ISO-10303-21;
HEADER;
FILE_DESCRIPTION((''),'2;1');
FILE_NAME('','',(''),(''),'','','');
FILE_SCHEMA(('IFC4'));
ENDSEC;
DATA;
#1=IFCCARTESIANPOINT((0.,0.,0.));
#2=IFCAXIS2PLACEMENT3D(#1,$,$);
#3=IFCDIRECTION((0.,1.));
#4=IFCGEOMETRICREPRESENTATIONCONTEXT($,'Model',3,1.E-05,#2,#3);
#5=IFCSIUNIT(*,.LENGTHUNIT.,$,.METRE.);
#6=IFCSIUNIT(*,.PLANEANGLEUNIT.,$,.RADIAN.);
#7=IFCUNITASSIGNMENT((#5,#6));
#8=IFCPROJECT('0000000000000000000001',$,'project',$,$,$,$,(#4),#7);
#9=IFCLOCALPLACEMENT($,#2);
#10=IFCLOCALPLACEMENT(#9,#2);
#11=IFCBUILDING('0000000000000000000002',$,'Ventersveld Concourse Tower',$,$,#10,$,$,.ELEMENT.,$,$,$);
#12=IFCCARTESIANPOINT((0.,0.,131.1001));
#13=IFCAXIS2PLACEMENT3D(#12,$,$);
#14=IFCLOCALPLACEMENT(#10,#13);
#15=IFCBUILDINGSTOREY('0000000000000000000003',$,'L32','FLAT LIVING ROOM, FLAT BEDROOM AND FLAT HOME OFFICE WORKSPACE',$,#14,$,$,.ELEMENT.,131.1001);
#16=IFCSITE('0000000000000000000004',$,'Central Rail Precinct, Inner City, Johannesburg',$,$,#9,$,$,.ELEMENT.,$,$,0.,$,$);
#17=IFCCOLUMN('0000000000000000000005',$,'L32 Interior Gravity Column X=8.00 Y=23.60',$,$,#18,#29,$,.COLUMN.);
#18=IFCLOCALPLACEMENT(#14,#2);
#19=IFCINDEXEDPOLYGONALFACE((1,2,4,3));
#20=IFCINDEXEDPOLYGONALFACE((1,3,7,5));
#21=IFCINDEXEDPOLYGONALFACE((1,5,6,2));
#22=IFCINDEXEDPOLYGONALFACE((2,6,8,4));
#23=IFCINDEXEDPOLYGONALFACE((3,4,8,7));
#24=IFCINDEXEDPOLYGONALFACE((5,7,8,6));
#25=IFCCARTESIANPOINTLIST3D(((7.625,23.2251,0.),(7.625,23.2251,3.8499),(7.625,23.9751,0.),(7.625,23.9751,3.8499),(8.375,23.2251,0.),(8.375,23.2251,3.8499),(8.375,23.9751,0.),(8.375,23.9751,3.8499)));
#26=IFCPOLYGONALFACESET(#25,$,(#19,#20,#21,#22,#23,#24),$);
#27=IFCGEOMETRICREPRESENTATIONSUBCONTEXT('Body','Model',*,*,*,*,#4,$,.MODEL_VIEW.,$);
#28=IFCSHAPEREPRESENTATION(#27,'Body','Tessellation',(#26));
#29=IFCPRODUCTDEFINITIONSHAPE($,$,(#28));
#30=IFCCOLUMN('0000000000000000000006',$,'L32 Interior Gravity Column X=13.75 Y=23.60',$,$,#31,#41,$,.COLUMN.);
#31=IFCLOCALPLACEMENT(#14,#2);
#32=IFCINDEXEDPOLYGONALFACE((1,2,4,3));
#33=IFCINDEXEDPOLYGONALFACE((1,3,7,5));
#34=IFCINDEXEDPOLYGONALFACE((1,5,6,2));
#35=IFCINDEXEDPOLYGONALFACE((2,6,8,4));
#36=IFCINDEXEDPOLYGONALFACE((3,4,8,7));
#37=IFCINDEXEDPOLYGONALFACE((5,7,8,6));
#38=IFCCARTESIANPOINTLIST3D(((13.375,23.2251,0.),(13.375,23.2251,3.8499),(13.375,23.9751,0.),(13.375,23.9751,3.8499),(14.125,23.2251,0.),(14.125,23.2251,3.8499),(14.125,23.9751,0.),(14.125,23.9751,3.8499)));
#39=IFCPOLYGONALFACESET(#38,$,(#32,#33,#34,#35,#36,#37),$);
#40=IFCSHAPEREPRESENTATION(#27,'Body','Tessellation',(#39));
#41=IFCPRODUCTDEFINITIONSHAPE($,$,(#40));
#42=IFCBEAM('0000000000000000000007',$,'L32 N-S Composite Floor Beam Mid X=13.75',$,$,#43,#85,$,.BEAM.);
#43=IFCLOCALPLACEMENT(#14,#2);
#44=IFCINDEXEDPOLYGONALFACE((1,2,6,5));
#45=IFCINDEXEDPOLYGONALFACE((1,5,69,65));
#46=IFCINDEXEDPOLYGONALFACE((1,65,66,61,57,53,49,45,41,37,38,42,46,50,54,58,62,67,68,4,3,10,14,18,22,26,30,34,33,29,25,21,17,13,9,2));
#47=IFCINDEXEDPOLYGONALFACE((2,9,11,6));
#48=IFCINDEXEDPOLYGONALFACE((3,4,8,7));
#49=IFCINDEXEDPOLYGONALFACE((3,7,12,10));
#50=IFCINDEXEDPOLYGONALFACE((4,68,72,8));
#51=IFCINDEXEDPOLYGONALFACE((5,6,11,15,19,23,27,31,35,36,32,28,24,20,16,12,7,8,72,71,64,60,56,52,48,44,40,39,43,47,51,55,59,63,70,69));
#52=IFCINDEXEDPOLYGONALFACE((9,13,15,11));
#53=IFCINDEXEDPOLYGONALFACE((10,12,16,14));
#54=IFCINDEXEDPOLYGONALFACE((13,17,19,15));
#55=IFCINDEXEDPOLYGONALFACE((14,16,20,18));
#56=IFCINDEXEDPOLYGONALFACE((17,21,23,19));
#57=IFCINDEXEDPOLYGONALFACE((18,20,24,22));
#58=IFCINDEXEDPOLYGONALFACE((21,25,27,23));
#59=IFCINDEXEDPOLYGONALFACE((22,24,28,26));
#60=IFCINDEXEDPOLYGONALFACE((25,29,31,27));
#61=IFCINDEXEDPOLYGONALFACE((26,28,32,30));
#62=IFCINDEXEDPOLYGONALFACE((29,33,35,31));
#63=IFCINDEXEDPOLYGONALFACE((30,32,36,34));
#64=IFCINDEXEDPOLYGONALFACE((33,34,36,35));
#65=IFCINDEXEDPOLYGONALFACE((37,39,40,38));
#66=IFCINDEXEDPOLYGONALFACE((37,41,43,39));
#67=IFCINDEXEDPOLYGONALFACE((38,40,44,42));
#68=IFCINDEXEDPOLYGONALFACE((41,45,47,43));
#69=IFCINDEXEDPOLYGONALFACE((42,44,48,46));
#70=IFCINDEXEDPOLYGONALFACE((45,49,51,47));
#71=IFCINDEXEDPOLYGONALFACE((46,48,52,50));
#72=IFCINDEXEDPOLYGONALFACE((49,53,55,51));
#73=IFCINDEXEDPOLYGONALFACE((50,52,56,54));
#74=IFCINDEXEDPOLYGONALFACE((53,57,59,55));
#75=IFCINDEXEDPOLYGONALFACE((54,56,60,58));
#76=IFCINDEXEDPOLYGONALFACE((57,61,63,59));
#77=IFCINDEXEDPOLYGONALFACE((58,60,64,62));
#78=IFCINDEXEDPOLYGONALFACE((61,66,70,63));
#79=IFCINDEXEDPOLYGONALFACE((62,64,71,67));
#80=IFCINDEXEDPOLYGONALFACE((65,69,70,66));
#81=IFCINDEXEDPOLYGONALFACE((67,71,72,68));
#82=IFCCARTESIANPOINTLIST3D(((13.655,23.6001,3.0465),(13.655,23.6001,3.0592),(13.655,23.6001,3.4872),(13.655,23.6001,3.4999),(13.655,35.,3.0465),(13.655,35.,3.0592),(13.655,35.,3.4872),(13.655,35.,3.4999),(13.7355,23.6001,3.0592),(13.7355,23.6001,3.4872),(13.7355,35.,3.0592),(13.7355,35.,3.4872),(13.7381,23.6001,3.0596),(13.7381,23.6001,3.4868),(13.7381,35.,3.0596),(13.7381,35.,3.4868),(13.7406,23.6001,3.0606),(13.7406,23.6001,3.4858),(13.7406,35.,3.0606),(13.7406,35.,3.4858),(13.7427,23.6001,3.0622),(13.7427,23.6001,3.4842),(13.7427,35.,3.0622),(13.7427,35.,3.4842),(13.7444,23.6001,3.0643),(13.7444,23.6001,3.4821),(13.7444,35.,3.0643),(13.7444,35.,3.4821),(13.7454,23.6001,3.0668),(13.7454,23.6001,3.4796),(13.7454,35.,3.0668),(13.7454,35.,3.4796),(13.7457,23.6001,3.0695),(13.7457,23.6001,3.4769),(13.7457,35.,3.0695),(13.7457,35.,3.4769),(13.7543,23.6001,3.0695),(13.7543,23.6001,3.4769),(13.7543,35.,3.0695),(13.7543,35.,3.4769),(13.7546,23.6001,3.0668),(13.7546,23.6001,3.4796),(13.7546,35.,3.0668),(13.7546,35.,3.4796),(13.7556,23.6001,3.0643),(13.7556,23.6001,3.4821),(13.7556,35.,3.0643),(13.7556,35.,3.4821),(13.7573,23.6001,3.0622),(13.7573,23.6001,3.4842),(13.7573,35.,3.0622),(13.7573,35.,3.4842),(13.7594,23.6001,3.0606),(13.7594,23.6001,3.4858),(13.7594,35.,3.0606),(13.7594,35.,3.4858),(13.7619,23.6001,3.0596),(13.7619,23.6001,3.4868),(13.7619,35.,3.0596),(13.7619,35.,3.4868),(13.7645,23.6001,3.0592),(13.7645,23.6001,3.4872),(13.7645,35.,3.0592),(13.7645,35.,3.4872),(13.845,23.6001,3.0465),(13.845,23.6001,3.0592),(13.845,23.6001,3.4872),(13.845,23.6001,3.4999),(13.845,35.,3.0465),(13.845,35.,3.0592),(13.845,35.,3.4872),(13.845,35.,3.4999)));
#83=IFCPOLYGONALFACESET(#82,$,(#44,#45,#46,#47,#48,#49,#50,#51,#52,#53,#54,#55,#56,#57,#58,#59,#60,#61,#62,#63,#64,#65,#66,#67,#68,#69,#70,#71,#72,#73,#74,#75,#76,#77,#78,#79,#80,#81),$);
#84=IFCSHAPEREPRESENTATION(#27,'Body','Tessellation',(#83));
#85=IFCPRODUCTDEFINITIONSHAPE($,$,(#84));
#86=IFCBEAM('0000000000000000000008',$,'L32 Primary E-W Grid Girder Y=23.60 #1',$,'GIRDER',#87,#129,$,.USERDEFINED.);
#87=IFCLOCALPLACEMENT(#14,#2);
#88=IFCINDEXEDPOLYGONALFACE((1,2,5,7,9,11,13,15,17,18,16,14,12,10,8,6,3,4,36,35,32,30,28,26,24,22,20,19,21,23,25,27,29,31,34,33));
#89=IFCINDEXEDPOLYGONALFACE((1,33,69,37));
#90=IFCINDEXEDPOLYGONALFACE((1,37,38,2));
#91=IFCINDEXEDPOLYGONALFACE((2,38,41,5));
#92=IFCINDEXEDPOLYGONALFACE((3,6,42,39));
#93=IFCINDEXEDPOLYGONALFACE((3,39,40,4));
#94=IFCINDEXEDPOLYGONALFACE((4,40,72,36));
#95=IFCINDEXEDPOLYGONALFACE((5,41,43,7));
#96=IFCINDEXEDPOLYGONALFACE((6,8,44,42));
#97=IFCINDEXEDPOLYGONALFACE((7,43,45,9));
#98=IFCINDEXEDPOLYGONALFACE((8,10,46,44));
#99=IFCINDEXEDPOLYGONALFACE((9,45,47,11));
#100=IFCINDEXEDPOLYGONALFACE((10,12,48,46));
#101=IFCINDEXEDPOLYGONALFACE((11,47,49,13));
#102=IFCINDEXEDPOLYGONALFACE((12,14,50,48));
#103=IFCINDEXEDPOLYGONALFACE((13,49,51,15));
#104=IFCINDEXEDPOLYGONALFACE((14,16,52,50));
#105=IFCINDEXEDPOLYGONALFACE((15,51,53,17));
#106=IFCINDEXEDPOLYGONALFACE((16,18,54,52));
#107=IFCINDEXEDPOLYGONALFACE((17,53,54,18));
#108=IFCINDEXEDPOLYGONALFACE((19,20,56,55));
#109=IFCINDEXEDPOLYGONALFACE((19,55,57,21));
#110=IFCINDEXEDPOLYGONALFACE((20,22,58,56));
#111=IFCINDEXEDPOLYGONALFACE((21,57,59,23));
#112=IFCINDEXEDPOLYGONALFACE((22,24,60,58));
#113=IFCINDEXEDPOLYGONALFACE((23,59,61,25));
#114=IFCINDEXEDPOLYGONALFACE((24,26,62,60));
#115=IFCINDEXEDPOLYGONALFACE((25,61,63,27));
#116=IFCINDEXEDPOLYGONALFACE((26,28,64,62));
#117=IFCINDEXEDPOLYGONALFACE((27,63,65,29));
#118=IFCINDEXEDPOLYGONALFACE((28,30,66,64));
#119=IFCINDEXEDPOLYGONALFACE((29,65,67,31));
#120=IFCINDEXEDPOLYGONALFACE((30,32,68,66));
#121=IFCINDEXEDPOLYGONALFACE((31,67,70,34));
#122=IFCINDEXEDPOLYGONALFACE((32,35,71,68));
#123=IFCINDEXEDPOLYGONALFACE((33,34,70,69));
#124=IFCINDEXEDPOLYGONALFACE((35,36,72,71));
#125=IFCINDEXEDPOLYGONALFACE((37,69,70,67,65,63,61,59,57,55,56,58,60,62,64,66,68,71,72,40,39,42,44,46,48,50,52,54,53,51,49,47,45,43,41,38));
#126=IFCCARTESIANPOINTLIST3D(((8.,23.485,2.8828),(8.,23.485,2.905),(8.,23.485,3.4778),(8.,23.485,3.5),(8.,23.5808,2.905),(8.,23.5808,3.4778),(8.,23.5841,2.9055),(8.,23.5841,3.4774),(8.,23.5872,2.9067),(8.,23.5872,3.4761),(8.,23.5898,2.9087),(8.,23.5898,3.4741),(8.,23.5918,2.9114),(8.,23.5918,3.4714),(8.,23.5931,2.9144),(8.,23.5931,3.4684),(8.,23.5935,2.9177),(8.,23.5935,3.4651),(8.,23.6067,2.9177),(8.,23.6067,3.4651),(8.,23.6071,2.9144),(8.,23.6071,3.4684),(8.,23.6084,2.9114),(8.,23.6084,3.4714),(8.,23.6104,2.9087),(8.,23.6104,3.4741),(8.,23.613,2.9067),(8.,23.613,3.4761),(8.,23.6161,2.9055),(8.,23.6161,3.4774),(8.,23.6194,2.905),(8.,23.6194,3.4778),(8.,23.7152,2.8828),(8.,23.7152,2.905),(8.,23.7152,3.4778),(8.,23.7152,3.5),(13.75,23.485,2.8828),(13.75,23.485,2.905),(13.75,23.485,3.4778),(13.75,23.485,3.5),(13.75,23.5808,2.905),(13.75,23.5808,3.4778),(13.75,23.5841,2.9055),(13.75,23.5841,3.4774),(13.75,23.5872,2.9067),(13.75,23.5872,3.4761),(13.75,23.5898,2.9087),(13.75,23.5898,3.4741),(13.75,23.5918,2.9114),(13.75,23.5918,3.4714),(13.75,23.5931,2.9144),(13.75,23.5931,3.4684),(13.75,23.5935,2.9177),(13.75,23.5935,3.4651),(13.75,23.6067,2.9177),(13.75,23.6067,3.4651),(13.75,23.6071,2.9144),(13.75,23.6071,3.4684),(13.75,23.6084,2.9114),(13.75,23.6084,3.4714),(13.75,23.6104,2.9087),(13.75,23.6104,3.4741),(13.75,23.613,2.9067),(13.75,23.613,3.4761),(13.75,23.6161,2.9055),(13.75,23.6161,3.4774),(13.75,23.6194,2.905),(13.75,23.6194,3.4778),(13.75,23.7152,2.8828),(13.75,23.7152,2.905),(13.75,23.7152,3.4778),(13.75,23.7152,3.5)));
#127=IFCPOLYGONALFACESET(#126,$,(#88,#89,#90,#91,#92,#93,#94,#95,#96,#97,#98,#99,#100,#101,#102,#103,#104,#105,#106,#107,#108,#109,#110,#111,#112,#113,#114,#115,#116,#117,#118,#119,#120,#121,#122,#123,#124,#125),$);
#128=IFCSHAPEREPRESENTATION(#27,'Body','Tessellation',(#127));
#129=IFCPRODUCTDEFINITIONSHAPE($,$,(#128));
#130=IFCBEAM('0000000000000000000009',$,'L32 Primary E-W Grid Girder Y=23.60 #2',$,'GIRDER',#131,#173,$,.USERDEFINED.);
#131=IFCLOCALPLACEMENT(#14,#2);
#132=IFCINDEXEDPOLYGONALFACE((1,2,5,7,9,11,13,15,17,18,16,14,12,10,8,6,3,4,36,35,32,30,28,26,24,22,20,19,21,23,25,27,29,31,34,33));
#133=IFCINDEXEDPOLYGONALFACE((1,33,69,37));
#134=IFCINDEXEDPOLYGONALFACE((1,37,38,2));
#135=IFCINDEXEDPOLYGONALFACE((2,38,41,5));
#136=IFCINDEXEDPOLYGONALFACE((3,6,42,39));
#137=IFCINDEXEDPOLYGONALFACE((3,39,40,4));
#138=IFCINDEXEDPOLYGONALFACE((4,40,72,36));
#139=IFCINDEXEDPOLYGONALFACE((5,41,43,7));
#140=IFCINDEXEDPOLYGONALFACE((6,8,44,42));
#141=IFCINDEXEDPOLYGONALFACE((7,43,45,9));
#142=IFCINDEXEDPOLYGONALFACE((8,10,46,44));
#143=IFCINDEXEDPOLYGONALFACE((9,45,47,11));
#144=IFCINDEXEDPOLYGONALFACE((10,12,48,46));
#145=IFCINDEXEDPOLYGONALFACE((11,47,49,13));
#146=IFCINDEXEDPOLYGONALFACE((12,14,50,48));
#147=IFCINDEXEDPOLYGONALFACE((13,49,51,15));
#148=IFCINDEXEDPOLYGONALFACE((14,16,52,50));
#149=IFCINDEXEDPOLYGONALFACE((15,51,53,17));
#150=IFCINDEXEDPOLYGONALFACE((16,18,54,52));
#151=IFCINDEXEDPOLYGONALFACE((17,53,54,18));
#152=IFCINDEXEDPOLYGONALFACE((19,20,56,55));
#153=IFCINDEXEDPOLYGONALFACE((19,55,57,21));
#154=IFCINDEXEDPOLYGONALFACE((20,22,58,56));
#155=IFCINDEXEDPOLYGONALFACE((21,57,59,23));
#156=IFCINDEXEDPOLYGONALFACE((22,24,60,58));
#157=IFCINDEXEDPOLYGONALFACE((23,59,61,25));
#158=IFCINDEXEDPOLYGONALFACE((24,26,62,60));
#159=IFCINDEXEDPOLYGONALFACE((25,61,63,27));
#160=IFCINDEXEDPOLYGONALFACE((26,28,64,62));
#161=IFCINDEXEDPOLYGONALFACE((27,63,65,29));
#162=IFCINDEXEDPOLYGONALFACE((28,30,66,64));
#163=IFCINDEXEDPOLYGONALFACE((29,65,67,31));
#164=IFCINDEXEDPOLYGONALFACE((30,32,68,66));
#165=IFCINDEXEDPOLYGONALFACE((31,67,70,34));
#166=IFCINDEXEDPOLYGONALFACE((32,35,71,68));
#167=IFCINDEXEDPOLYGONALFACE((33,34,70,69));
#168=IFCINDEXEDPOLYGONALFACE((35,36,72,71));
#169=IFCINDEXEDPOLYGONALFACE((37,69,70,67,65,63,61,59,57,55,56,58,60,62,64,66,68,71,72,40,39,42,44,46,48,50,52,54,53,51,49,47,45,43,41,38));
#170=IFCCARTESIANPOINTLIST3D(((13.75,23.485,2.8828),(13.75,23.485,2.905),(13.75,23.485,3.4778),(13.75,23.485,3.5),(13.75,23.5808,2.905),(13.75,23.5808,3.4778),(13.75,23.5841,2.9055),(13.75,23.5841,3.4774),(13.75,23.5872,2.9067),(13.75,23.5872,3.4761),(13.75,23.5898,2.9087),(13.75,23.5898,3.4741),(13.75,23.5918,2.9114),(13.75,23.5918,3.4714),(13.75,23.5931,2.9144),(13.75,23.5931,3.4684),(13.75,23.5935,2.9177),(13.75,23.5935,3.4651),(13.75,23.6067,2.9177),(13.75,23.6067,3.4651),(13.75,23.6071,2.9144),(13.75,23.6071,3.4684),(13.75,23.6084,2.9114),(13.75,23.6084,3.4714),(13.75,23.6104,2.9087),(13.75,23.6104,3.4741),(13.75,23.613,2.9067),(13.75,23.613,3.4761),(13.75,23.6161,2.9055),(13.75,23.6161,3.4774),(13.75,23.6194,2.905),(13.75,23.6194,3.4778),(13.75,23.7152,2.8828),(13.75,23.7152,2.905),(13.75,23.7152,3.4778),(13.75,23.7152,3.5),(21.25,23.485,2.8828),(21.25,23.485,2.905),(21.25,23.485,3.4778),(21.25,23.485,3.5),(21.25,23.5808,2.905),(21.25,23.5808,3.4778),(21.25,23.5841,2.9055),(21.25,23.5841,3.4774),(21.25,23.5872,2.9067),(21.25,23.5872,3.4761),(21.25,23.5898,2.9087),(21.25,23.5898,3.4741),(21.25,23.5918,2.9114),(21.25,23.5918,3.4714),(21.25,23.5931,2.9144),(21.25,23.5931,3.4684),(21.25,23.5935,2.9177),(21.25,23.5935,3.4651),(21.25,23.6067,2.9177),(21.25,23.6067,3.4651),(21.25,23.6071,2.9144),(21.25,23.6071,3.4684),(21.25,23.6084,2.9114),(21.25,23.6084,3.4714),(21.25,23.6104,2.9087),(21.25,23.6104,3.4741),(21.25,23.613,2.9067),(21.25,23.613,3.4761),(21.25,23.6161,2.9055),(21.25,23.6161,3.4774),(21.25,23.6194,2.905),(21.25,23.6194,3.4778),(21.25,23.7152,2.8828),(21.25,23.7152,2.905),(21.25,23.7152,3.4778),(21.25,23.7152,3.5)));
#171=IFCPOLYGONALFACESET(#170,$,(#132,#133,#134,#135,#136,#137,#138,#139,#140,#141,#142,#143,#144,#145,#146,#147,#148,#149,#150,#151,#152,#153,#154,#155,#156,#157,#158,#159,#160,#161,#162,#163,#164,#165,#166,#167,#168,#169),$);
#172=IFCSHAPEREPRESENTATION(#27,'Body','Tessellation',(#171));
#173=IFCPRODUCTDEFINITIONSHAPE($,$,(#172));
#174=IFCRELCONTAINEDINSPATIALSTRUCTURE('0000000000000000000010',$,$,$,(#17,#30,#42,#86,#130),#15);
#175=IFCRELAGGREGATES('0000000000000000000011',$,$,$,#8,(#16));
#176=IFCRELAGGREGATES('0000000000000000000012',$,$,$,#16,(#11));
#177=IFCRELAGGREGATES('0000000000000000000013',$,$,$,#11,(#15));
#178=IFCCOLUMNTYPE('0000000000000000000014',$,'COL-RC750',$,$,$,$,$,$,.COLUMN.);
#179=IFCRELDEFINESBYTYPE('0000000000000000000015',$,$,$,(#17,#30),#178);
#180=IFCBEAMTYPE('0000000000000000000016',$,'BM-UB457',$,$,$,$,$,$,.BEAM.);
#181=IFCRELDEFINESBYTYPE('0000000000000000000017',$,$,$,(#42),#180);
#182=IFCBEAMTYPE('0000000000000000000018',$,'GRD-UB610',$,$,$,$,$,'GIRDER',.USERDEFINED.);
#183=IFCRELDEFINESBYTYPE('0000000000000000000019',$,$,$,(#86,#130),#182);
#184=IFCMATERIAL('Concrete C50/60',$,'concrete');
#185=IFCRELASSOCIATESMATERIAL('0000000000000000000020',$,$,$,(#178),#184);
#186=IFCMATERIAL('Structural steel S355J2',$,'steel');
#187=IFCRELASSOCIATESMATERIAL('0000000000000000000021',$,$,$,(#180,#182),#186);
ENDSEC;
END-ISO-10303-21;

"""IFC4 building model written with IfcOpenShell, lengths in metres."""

from ifc_helpers import new_model, si_unit, direction, frame, origin, origin_2d, place, context, subcontext, project, spatial, rectangle, i_section, extrude, material, material_profile, profile_set, type_object, element, save


model = new_model("IFC4")

# Units and contexts
model_context = context("Model", 3, precision=1e-05, world=origin(), true_north=direction((0.0, 1.0)))
body_context = subcontext(model_context, "Body", "Model", "MODEL_VIEW")
ifc_project = project(units=[si_unit("LENGTHUNIT", "METRE"), si_unit("PLANEANGLEUNIT", "RADIAN")], contexts=[model_context])

# Site, building, storey
site_placement = place(None, origin())
site = spatial("IfcSite", under=ifc_project, at=site_placement, Name="Central Rail Precinct, Inner City, Johannesburg", CompositionType="ELEMENT", RefElevation=0.0)
building_placement = place(site_placement, origin())
building = spatial("IfcBuilding", under=site, at=building_placement, Name="Ventersveld Concourse Tower", CompositionType="ELEMENT")
storey_placement = place(building_placement, frame((0.0, 0.0, 131.1001)))
storey = spatial("IfcBuildingStorey", under=building, at=storey_placement, Name="L32", Description="FLAT LIVING ROOM, FLAT BEDROOM AND FLAT HOME OFFICE WORKSPACE", CompositionType="ELEMENT", Elevation=131.1001)

# Columns
ifc_material_1 = material(Name="Concrete C50/60", Category="concrete")
ifc_material_profile_1 = material_profile(ifc_material_1, rectangle(XDim=0.75, YDim=0.75, at=origin_2d()), Name="RC 750x750")
ifc_profile_set_1 = profile_set([ifc_material_profile_1], Name="Concrete C50/60")
column_type = type_object("IfcColumnType", Name="COL-RC750", PredefinedType="COLUMN", material=ifc_profile_set_1)
for number, where, z_axis, x_axis, name in (
    (1, (8.0, 23.6001, 0.0), (0.0, 0.0, 1.0), (1.0, 0.0, 0.0), "L32 Interior Gravity Column X=8.00 Y=23.60"),
    (2, (13.75, 23.6001, 0.0), (0.0, 0.0, 1.0), (1.0, 0.0, 0.0), "L32 Interior Gravity Column X=13.75 Y=23.60"),
):
    element("IfcColumn", number, at=place(storey_placement, frame(where, z_axis=z_axis, x_axis=x_axis)), inside=storey, type_object=column_type, Name=name, PredefinedType="COLUMN", context=body_context, shape_type="SweptSolid", body=[
        extrude(rectangle(XDim=0.75, YDim=0.75, at=origin_2d()), origin(), (0.0, 0.0, 1.0), 3.8499),
    ])

# Beams
ifc_material_2 = material(Name="Structural steel S355J2", Category="steel")
ifc_material_profile_2 = material_profile(ifc_material_2, i_section(OverallWidth=0.1899, OverallDepth=0.4534, WebThickness=0.0085, FlangeThickness=0.0127, FilletRadius=0.0103, at=origin_2d()), Name="UB 457x191x67")
ifc_profile_set_2 = profile_set([ifc_material_profile_2], Name="Structural steel S355J2")
beam_type_1 = type_object("IfcBeamType", Name="BM-UB457", PredefinedType="BEAM", material=ifc_profile_set_2)
beam_1_placement = place(storey_placement, frame((13.75, 23.6001, 3.2732), z_axis=(0.0, 1.0, 0.0), x_axis=(-1.0, 0.0, 0.0)))
element("IfcBeam", 3, at=beam_1_placement, inside=storey, type_object=beam_type_1, Name="L32 N-S Composite Floor Beam Mid X=13.75", PredefinedType="BEAM", context=body_context, shape_type="SweptSolid", body=[
    extrude(i_section(OverallWidth=0.1899, OverallDepth=0.4534, WebThickness=0.0085, FlangeThickness=0.0127, FilletRadius=0.0103, at=origin_2d()), origin(), (0.0, 0.0, 1.0), 11.3999),
])
ifc_material_profile_3 = material_profile(ifc_material_2, i_section(OverallWidth=0.2302, OverallDepth=0.6172, WebThickness=0.0132, FlangeThickness=0.0222, FilletRadius=0.0127, at=origin_2d()), Name="UB 610x229x140")
ifc_profile_set_3 = profile_set([ifc_material_profile_3], Name="Structural steel S355J2")
beam_type_2 = type_object("IfcBeamType", Name="GRD-UB610", ElementType="GIRDER", PredefinedType="USERDEFINED", material=ifc_profile_set_3)
beam_2_placement = place(storey_placement, frame((8.0, 23.6001, 3.1914), z_axis=(1.0, 0.0, 0.0), x_axis=(0.0, 1.0, 0.0)))
element("IfcBeam", 4, at=beam_2_placement, inside=storey, type_object=beam_type_2, Name="L32 Primary E-W Grid Girder Y=23.60 #1", ObjectType="GIRDER", PredefinedType="USERDEFINED", context=body_context, shape_type="SweptSolid", body=[
    extrude(i_section(OverallWidth=0.2302, OverallDepth=0.6172, WebThickness=0.0132, FlangeThickness=0.0222, FilletRadius=0.0127, at=origin_2d()), origin(), (0.0, 0.0, 1.0), 5.75),
])
beam_3_placement = place(storey_placement, frame((13.75, 23.6001, 3.1914), z_axis=(1.0, 0.0, 0.0), x_axis=(0.0, 1.0, 0.0)))
element("IfcBeam", 5, at=beam_3_placement, inside=storey, type_object=beam_type_2, Name="L32 Primary E-W Grid Girder Y=23.60 #2", ObjectType="GIRDER", PredefinedType="USERDEFINED", context=body_context, shape_type="SweptSolid", body=[
    extrude(i_section(OverallWidth=0.2302, OverallDepth=0.6172, WebThickness=0.0132, FlangeThickness=0.0222, FilletRadius=0.0127, at=origin_2d()), origin(), (0.0, 0.0, 1.0), 7.5),
])

save(model, "model.ifc")
